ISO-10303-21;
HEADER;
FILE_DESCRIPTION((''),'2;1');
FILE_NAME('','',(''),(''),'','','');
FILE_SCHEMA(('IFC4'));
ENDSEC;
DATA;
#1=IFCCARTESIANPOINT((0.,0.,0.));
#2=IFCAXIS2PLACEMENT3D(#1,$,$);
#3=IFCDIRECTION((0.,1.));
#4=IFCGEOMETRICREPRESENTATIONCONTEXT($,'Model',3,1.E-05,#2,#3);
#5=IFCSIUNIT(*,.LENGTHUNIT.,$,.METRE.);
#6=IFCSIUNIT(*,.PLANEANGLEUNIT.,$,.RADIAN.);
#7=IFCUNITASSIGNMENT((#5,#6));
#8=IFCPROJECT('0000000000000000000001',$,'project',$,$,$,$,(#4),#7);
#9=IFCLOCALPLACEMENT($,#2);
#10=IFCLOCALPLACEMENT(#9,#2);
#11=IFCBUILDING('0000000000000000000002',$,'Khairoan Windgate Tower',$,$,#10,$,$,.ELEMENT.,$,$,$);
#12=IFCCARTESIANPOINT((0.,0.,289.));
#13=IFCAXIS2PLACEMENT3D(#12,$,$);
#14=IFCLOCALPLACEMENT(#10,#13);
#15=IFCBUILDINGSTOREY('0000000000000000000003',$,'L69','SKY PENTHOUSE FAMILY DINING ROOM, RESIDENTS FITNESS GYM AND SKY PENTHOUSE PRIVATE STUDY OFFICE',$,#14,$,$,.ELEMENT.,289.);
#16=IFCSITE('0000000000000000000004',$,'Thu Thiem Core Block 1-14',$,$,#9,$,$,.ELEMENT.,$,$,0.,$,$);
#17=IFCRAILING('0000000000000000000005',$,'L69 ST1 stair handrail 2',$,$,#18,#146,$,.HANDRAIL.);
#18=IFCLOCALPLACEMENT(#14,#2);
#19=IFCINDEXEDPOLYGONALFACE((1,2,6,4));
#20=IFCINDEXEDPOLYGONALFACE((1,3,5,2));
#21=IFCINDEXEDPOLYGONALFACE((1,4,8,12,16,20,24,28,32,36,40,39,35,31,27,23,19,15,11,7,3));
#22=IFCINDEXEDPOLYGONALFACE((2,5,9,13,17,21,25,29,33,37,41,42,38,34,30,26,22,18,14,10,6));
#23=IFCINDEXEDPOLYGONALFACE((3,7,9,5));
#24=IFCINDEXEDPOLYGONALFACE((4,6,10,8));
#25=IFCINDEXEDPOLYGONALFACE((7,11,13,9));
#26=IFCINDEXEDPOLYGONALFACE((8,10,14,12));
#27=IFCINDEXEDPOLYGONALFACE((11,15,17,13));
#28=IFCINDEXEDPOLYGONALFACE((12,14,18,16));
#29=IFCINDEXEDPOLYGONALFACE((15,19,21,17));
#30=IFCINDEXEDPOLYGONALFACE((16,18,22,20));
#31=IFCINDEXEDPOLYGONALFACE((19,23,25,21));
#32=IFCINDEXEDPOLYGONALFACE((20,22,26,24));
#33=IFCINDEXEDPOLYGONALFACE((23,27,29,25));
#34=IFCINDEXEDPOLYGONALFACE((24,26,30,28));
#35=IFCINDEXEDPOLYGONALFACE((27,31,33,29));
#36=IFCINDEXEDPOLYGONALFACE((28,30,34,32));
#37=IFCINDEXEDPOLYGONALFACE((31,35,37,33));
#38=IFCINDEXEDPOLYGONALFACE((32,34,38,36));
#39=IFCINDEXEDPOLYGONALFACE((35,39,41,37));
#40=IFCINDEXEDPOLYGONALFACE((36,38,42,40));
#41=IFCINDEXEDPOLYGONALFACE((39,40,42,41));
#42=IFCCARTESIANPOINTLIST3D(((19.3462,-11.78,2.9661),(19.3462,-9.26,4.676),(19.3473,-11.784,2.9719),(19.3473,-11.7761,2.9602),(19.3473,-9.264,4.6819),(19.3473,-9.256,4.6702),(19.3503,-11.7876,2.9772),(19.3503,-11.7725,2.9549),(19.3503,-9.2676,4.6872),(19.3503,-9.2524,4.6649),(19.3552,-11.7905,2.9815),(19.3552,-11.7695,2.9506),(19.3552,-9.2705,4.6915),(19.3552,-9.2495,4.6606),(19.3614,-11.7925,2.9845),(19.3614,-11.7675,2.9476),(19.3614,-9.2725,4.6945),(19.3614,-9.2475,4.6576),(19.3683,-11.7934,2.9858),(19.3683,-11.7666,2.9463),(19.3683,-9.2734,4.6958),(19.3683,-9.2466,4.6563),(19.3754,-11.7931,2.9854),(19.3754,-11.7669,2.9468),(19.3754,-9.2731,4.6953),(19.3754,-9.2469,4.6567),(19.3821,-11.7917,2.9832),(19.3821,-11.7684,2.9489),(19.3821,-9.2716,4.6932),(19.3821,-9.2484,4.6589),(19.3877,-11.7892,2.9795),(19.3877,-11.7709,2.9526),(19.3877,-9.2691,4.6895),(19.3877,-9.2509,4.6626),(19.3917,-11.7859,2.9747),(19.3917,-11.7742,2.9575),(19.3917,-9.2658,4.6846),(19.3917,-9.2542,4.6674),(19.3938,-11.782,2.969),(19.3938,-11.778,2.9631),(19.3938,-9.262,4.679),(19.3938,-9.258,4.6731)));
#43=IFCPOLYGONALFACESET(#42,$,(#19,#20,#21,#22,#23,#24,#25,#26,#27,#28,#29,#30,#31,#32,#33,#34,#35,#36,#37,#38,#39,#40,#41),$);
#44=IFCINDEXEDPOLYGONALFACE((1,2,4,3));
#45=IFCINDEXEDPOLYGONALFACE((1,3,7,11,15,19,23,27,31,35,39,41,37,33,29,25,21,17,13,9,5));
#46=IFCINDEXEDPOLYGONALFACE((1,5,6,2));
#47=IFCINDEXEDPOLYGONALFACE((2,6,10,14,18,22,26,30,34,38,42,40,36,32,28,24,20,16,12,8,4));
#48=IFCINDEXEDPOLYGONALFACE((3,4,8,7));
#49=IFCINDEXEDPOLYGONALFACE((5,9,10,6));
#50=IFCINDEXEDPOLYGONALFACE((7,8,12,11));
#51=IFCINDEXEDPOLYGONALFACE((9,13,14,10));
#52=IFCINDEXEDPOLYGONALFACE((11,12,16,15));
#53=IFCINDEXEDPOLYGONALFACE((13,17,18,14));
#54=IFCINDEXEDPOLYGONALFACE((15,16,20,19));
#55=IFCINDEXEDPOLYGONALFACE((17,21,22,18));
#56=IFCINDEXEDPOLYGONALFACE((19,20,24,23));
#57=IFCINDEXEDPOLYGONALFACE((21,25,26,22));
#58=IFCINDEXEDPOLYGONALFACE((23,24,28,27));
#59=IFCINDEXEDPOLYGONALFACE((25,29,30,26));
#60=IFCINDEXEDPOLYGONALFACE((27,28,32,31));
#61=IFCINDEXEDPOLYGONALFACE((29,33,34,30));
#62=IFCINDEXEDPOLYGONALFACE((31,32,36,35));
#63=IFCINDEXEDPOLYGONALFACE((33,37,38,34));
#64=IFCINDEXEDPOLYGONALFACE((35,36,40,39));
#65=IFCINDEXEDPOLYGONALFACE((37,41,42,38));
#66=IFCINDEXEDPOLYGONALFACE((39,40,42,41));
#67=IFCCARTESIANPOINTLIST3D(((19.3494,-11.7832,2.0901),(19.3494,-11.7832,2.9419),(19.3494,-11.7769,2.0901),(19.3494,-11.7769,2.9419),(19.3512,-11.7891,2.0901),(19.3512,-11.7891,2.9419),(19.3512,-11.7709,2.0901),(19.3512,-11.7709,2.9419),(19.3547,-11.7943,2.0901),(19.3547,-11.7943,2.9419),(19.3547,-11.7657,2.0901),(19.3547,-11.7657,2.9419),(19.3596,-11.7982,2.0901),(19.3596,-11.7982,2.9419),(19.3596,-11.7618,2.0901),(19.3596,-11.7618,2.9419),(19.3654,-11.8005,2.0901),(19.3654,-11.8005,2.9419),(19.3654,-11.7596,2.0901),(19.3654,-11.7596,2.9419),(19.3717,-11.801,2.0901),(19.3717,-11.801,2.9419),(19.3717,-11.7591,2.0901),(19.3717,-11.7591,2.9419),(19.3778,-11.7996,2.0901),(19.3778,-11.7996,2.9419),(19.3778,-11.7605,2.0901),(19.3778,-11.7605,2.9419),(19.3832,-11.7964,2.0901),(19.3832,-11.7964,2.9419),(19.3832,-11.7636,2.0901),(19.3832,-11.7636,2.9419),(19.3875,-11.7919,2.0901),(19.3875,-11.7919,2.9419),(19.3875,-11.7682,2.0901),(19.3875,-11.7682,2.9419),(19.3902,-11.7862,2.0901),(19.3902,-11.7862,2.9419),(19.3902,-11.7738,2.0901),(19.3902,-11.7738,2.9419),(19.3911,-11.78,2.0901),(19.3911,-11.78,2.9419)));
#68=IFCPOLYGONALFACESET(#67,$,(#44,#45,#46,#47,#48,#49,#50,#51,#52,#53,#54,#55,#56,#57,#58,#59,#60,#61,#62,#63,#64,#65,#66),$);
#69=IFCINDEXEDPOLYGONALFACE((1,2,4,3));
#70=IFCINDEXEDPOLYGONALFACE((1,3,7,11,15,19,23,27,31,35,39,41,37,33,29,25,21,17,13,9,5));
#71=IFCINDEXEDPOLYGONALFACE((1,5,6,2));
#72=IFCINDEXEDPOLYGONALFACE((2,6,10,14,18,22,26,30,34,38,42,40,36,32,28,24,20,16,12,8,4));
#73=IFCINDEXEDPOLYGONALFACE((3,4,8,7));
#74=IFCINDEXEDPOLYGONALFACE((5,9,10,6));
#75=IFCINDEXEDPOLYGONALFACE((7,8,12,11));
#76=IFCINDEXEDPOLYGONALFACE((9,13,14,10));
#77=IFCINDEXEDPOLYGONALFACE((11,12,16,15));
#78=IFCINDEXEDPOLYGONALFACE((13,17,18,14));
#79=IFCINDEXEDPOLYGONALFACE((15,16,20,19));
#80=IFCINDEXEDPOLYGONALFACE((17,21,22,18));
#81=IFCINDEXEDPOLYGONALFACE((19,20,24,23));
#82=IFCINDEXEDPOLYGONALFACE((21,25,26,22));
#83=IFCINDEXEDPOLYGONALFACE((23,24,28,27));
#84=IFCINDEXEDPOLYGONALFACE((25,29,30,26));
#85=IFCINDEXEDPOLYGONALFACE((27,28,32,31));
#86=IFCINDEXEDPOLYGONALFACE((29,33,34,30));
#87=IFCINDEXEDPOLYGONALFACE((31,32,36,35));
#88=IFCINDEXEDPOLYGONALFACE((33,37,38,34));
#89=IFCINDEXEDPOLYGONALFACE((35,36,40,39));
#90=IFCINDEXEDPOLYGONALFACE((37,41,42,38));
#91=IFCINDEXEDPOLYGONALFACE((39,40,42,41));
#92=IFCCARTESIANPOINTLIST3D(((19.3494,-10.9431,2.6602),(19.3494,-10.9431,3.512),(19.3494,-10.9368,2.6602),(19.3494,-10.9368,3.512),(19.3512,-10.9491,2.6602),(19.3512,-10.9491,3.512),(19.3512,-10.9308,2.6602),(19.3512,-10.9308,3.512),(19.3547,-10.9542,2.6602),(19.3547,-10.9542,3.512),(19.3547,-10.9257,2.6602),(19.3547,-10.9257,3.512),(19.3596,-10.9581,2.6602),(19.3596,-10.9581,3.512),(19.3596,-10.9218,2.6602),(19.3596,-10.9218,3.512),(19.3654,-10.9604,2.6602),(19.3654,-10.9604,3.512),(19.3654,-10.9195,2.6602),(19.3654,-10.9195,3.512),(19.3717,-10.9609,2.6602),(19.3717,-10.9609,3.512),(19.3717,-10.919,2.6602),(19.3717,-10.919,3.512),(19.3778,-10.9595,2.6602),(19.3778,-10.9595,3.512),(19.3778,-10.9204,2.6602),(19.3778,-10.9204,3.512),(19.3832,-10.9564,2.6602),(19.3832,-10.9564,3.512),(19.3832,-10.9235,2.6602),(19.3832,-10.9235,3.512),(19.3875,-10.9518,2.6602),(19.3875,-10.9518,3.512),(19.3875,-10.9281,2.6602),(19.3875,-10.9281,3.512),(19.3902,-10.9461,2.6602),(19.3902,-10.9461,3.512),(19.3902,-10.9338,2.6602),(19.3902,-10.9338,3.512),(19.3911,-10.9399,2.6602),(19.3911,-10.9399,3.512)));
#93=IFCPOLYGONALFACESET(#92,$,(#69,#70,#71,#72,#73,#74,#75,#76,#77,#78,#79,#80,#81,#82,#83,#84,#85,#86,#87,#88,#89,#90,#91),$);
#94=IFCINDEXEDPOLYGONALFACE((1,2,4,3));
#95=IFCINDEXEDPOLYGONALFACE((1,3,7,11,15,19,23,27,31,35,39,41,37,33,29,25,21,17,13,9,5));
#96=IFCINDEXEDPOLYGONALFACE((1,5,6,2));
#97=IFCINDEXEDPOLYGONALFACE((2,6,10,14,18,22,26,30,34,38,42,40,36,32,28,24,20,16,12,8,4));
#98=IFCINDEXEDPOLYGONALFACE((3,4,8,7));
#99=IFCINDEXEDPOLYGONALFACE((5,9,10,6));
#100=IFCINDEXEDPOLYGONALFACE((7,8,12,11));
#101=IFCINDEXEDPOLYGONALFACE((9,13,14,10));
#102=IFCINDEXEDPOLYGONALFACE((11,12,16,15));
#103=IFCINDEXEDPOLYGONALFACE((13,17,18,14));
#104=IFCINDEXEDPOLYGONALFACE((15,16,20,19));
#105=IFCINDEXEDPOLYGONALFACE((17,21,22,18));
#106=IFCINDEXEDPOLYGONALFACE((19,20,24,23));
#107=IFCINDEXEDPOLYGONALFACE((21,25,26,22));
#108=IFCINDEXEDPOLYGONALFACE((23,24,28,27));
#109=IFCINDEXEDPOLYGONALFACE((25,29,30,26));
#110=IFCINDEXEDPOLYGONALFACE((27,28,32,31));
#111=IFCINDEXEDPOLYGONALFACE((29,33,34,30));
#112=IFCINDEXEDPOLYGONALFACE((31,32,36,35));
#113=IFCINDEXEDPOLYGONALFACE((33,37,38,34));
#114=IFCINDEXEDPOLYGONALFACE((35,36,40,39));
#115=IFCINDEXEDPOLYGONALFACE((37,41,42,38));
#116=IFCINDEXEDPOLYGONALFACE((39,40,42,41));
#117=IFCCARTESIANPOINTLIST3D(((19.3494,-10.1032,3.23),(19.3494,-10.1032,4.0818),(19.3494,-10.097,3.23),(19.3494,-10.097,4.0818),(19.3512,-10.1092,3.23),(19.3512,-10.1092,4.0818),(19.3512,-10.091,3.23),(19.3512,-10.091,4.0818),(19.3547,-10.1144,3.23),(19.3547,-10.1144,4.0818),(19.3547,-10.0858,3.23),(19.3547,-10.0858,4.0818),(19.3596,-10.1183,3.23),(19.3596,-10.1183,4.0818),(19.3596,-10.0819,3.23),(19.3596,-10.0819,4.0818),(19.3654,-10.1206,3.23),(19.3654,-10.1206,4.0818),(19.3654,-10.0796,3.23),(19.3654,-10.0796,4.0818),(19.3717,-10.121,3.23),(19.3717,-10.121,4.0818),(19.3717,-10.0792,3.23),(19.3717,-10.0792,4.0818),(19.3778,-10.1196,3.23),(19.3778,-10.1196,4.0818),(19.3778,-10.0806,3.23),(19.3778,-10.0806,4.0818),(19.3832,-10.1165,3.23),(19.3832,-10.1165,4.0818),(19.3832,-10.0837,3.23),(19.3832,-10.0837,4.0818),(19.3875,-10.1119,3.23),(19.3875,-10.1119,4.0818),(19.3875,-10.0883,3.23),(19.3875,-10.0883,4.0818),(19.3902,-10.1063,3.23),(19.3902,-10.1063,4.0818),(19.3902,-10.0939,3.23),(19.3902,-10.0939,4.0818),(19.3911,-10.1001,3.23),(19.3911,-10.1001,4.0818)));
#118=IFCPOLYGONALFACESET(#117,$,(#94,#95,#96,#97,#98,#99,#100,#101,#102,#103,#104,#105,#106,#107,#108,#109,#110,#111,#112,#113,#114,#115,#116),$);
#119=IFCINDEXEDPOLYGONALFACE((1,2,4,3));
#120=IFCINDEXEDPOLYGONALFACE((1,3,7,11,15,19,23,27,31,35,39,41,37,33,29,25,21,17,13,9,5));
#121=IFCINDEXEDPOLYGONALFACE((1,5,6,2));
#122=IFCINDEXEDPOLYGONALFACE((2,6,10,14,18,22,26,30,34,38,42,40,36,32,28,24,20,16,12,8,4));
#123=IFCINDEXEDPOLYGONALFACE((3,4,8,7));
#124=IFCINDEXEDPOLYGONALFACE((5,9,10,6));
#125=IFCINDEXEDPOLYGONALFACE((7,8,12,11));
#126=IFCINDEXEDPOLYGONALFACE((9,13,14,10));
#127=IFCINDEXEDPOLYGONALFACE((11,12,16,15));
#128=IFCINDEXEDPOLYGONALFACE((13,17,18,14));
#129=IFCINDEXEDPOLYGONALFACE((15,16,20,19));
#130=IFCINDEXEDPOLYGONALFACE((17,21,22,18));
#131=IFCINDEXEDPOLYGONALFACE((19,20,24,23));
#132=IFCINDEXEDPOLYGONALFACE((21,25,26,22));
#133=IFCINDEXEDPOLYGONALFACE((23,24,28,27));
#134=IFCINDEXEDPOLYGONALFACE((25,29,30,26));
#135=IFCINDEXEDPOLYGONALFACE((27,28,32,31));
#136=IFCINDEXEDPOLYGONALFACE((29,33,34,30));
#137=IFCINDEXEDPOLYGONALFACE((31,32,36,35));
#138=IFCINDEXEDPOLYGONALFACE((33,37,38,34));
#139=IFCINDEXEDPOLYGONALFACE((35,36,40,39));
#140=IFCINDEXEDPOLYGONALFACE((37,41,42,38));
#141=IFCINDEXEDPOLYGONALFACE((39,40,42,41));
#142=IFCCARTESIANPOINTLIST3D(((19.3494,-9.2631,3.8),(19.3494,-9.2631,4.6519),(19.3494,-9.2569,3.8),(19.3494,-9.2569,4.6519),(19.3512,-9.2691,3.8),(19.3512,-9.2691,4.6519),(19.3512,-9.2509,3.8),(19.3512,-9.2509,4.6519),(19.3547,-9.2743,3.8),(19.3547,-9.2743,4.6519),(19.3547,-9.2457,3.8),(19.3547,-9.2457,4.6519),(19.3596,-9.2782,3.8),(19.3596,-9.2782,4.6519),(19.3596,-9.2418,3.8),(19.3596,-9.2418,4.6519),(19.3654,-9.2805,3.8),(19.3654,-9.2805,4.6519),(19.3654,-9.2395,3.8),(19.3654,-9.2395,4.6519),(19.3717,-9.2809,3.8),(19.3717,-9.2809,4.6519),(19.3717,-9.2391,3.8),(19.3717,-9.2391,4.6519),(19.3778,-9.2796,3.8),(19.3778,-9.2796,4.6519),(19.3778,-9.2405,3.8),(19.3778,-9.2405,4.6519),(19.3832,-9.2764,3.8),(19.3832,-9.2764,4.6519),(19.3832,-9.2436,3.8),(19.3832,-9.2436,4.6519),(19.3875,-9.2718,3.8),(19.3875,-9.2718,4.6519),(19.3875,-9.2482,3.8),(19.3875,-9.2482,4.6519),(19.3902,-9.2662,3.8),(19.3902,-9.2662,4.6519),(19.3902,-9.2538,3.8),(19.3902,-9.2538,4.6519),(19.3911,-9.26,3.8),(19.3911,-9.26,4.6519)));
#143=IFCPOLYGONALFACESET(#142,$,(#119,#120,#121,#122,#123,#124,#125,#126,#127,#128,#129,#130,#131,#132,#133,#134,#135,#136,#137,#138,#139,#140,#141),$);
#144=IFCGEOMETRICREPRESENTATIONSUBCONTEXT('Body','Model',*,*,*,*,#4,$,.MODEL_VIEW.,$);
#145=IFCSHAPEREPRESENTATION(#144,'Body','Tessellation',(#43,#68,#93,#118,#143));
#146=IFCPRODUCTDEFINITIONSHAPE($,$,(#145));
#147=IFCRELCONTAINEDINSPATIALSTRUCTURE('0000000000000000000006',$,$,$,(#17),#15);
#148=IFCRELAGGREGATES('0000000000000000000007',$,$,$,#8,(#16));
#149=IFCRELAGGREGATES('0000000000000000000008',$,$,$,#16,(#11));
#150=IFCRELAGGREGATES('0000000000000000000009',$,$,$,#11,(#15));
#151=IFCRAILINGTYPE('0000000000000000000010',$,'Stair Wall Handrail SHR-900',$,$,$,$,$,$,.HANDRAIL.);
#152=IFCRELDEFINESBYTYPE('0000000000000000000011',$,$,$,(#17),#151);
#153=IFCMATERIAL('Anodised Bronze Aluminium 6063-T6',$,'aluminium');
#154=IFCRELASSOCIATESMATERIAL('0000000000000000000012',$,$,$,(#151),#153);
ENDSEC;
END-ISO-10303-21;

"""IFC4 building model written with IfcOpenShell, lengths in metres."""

from ifc_helpers import new_model, si_unit, direction, frame, origin, origin_2d, place, context, subcontext, project, spatial, circle, extrude, material, type_object, element, save


model = new_model("IFC4")

# Units and contexts
model_context = context("Model", 3, precision=1e-05, world=origin(), true_north=direction((0.0, 1.0)))
body_context = subcontext(model_context, "Body", "Model", "MODEL_VIEW")
ifc_project = project(units=[si_unit("LENGTHUNIT", "METRE"), si_unit("PLANEANGLEUNIT", "RADIAN")], contexts=[model_context])

# Site, building, storey
site_placement = place(None, origin())
site = spatial("IfcSite", under=ifc_project, at=site_placement, Name="Thu Thiem Core Block 1-14", CompositionType="ELEMENT", RefElevation=0.0)
building_placement = place(site_placement, origin())
building = spatial("IfcBuilding", under=site, at=building_placement, Name="Khairoan Windgate Tower", CompositionType="ELEMENT")
storey_placement = place(building_placement, frame((0.0, 0.0, 289.0)))
storey = spatial("IfcBuildingStorey", under=building, at=storey_placement, Name="L69", Description="SKY PENTHOUSE FAMILY DINING ROOM, RESIDENTS FITNESS GYM AND SKY PENTHOUSE PRIVATE STUDY OFFICE", CompositionType="ELEMENT", Elevation=289.0)

# Railing
ifc_material_1 = material(Name="Anodised Bronze Aluminium 6063-T6", Category="aluminium")
railing_type_1 = type_object("IfcRailingType", Name="Stair Wall Handrail SHR-900", PredefinedType="HANDRAIL", material=ifc_material_1)
railing_1_placement = place(storey_placement, frame((19.3701, -11.78, 2.0901)))
element("IfcRailing", 1, at=railing_1_placement, inside=storey, type_object=railing_type_1, Name="L69 ST1 stair handrail 2", PredefinedType="HANDRAIL", context=body_context, shape_type="SweptSolid", body=[
    extrude(circle(Radius=0.0239, at=origin_2d()), frame((0.0, 0.0, 0.876), z_axis=(0.0, 0.827484, 0.56149), x_axis=(-1.0, 0.0, 0.0)), (0.0, 0.0, 1.0), 3.0454),
    extrude(circle(Radius=0.021, at=origin_2d()), origin(), (0.0, 0.0, 1.0), 0.8518),
    extrude(circle(Radius=0.021, at=origin_2d()), frame((0.0, 0.8401, 0.5701)), (0.0, 0.0, 1.0), 0.8518),
    extrude(circle(Radius=0.021, at=origin_2d()), frame((0.0, 1.6799, 1.1399)), (0.0, 0.0, 1.0), 0.8518),
    extrude(circle(Radius=0.021, at=origin_2d()), frame((0.0, 2.52, 1.71)), (0.0, 0.0, 1.0), 0.8518),
])

save(model, "model.ifc")
